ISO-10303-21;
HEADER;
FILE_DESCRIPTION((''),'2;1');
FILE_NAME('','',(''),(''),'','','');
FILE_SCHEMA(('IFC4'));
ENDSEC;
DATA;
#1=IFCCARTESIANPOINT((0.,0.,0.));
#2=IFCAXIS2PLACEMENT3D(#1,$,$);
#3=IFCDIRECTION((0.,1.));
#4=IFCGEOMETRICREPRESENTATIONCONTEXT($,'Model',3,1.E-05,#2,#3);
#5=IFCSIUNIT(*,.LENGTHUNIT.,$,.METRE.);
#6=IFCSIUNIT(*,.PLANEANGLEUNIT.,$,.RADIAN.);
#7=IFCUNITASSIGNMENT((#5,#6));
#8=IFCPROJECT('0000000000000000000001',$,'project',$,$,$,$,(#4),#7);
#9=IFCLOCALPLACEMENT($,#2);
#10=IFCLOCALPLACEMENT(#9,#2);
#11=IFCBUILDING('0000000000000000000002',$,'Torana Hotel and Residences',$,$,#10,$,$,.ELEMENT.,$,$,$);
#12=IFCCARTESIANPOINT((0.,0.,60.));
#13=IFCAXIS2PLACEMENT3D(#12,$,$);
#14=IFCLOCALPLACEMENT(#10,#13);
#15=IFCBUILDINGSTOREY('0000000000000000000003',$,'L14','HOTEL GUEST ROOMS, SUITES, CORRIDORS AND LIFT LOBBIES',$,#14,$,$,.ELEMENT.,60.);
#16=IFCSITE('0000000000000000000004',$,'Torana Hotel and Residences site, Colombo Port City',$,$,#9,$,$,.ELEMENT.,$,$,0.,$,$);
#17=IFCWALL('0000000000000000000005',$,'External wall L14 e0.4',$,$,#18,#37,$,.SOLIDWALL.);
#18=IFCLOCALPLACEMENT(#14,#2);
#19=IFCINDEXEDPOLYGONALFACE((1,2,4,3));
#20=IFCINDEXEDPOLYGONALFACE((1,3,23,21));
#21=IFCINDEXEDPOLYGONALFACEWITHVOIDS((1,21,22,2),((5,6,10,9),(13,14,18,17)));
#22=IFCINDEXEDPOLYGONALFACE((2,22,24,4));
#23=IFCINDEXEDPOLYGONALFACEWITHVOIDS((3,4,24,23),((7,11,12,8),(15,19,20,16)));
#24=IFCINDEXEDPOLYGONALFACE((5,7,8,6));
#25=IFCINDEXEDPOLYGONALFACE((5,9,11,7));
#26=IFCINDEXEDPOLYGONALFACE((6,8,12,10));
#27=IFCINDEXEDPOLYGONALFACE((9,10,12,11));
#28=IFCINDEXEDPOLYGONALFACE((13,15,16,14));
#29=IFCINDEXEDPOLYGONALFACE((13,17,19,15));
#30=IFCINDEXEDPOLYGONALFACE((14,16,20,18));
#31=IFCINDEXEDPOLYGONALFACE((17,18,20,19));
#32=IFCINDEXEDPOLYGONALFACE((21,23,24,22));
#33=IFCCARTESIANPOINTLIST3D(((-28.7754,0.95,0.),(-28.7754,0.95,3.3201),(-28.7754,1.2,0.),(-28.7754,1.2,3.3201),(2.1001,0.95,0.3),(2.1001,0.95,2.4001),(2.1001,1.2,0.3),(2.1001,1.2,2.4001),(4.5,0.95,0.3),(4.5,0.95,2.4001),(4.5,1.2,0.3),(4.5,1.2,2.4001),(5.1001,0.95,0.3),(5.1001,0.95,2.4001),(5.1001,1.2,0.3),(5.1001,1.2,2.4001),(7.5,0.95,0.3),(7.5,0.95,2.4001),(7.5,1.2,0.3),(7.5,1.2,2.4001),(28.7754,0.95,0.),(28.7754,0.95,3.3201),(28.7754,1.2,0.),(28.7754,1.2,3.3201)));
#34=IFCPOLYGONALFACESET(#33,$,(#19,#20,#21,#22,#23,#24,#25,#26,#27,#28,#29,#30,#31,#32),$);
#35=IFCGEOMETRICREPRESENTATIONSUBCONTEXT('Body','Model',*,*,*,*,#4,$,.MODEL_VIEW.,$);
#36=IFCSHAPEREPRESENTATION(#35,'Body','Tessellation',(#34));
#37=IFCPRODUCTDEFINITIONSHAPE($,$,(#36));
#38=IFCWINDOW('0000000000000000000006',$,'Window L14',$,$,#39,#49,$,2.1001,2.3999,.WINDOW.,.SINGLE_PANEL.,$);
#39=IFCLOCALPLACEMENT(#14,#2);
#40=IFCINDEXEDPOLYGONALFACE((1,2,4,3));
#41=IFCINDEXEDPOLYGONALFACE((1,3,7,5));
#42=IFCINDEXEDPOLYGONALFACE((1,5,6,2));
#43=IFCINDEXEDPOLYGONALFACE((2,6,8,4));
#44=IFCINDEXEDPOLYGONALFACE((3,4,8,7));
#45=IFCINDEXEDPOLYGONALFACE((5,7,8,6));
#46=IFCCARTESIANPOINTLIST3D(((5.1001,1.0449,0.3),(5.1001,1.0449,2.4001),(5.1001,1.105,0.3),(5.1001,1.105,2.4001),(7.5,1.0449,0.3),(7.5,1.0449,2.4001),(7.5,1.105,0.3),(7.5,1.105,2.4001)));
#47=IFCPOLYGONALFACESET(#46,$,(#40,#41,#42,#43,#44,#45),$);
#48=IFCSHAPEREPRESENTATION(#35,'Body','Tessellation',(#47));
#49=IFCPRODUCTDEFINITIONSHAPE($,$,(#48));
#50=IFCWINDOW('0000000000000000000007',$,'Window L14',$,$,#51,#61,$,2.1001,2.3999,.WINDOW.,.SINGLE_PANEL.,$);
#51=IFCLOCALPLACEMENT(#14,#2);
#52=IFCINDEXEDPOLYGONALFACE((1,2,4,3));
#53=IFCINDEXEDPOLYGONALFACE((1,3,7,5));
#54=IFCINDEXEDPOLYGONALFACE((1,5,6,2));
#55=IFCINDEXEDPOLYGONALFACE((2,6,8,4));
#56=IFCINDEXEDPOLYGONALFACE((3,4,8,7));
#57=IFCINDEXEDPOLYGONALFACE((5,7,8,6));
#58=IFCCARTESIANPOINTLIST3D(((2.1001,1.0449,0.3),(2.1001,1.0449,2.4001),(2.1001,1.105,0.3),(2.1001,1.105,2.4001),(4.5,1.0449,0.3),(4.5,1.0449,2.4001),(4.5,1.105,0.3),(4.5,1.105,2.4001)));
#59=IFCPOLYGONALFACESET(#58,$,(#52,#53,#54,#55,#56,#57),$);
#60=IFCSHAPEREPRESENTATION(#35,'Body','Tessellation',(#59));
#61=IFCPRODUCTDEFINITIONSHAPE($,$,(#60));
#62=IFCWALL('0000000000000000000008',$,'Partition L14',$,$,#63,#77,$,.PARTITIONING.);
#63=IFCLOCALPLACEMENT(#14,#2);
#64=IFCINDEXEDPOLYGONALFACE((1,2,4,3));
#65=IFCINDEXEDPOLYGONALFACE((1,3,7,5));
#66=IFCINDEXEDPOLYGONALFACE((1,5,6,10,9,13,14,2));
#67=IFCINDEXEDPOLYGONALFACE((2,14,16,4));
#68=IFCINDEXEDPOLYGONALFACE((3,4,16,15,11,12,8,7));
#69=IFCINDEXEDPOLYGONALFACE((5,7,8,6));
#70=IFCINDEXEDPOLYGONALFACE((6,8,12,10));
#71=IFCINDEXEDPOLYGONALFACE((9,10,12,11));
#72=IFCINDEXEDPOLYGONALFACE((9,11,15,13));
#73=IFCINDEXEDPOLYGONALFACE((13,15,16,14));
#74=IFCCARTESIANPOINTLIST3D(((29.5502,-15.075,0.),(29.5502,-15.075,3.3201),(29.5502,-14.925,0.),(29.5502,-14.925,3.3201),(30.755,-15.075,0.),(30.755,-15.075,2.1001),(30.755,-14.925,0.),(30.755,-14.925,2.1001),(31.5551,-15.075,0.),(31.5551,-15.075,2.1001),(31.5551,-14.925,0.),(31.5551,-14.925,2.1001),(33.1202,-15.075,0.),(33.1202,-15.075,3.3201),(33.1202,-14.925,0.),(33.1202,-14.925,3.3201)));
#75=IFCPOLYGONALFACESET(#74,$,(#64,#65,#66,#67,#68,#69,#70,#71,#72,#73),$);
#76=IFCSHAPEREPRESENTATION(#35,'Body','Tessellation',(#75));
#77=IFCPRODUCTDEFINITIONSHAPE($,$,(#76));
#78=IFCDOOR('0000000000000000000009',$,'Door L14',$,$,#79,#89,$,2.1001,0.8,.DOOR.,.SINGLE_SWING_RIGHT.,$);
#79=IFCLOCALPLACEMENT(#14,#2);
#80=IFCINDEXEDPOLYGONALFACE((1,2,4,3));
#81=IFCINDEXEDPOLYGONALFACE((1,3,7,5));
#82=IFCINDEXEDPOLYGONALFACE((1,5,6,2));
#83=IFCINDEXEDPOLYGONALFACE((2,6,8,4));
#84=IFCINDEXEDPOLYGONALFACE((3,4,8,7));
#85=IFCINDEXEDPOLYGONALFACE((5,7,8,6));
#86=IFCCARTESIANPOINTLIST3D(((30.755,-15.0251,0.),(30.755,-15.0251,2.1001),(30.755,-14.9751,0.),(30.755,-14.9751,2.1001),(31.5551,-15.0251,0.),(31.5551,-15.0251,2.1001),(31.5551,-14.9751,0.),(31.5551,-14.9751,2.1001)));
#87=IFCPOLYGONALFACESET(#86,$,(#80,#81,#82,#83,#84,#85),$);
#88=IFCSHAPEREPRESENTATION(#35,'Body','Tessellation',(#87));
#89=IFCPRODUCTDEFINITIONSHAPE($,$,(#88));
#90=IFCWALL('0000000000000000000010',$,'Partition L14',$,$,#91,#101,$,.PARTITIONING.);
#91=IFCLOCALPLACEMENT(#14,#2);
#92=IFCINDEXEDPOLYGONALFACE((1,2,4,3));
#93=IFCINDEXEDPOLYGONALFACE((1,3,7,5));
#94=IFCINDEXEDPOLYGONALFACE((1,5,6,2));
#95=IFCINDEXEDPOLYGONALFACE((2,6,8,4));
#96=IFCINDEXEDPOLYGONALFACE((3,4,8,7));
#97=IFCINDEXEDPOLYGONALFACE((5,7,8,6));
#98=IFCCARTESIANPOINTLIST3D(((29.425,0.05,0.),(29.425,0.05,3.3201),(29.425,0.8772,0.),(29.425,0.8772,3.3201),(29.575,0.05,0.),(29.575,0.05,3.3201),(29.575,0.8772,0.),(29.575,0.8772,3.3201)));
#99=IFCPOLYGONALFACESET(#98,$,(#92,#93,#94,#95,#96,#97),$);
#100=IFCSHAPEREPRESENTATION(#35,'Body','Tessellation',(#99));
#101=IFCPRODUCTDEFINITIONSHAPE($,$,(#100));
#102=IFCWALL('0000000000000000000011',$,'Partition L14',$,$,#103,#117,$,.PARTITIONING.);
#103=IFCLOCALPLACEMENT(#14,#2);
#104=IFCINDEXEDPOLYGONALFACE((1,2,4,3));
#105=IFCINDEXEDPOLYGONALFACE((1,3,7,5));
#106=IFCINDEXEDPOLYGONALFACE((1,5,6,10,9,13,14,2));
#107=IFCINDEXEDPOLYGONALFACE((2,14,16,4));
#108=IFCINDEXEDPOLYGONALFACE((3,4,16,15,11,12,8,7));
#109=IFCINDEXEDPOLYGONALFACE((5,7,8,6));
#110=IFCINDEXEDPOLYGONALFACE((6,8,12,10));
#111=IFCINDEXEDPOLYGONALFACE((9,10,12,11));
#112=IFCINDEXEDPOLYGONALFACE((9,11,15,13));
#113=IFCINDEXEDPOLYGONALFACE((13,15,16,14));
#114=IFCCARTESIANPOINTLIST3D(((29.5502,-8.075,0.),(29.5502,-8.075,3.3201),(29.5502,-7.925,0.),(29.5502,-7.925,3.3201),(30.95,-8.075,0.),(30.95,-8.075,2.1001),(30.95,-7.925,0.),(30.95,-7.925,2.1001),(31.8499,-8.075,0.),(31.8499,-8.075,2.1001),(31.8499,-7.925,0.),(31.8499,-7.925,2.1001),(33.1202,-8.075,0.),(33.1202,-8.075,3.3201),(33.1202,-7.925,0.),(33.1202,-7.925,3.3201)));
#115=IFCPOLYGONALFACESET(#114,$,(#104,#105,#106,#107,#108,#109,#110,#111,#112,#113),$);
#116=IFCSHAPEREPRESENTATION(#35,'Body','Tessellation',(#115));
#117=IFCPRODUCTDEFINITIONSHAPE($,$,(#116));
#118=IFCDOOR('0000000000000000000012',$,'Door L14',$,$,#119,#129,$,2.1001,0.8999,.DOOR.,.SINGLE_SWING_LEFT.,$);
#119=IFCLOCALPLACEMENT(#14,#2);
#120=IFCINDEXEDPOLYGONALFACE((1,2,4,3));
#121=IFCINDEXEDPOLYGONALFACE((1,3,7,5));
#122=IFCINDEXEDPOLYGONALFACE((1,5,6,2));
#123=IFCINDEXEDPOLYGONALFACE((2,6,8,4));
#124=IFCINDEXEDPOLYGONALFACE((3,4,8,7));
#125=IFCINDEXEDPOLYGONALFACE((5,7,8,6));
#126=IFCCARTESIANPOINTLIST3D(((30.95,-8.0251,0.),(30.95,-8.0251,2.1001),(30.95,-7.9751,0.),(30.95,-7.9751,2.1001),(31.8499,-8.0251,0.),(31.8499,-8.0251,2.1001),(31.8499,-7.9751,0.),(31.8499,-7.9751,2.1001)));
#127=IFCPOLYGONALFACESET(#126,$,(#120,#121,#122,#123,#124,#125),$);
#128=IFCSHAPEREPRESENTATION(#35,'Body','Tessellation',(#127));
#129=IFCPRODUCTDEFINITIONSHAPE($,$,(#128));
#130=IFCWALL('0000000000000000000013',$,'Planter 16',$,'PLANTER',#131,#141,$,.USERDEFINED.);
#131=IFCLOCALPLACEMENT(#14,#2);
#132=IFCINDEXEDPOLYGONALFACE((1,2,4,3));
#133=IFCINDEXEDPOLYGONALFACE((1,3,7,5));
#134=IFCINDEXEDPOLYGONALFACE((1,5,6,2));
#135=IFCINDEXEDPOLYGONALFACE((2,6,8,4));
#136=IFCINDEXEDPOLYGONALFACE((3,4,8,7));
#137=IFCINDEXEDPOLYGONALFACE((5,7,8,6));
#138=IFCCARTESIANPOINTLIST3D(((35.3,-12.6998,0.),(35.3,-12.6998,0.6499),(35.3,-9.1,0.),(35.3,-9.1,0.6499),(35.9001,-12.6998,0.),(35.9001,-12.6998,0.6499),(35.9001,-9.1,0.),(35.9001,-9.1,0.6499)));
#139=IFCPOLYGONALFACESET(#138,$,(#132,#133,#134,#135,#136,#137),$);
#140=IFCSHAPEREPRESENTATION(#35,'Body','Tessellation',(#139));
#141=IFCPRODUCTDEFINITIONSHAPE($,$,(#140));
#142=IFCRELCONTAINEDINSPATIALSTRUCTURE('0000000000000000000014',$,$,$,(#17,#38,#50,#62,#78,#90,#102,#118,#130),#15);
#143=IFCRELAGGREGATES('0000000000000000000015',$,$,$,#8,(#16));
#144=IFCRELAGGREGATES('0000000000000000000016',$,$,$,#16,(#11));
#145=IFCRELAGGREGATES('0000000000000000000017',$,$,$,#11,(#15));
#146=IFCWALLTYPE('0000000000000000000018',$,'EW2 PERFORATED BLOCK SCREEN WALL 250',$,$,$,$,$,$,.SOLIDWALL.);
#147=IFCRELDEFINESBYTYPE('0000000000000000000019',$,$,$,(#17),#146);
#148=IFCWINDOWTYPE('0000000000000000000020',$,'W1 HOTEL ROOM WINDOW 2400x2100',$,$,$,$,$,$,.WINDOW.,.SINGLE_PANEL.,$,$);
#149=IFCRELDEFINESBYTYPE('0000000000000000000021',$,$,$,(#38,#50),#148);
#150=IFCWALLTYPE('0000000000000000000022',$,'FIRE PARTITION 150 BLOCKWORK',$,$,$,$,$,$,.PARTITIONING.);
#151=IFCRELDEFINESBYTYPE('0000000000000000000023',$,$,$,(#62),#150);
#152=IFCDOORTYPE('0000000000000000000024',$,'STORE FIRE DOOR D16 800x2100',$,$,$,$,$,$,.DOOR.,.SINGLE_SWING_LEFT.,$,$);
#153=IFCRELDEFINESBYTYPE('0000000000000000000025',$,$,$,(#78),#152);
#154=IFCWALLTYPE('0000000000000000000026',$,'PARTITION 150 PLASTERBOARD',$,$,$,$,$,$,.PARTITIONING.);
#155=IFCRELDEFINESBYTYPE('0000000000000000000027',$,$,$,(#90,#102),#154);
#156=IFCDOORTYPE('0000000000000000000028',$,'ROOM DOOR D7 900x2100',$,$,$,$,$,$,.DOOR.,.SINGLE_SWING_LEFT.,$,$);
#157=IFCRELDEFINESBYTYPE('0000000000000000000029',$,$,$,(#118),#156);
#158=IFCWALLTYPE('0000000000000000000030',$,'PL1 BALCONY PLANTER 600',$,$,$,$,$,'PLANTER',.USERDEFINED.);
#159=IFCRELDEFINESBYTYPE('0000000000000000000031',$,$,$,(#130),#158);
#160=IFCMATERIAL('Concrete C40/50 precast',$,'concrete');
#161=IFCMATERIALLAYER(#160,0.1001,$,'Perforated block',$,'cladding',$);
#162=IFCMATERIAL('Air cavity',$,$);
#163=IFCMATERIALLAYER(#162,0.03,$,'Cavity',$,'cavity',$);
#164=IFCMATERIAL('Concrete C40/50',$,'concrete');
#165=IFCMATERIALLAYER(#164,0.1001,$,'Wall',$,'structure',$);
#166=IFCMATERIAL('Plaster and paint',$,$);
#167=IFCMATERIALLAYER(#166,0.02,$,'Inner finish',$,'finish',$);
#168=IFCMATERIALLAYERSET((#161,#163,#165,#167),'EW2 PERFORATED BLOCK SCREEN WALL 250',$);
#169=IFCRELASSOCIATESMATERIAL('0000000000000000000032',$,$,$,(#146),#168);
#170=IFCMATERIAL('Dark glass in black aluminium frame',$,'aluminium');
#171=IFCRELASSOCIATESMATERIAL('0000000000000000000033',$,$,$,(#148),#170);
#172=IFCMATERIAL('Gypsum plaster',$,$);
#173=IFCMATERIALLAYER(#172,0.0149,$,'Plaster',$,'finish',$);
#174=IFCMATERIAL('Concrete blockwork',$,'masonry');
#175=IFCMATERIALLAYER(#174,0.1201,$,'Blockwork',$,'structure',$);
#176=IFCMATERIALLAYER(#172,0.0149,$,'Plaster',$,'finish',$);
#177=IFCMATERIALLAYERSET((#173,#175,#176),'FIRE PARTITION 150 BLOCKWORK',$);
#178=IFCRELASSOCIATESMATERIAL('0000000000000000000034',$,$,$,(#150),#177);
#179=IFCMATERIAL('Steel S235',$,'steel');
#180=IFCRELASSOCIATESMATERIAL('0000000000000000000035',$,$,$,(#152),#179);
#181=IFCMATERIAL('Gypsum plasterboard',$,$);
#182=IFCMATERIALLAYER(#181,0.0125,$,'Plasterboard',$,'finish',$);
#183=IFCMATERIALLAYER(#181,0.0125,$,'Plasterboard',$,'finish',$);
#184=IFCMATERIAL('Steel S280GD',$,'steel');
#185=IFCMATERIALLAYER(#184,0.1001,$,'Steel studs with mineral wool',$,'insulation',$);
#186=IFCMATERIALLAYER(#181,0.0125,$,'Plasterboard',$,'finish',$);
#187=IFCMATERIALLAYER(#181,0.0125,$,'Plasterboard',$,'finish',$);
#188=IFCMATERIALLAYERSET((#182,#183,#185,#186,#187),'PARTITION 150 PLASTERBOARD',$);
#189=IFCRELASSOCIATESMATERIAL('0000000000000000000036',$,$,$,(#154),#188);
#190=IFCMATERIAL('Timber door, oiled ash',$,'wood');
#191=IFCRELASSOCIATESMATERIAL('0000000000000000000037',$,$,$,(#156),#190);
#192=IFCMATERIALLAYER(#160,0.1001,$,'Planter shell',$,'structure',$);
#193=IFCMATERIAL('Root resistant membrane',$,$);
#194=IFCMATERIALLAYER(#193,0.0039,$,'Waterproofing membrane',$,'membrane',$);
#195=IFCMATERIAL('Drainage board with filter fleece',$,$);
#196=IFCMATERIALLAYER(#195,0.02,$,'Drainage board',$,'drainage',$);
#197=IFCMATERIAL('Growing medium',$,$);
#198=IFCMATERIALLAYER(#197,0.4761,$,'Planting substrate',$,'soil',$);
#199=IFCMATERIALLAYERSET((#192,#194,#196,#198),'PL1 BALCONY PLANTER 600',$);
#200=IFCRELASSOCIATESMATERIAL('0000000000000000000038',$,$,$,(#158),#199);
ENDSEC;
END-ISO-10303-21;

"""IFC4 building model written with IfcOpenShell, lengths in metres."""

from ifc_helpers import new_model, si_unit, direction, frame, frame_2d, origin, place, context, subcontext, project, spatial, rectangle, extrude, material, layer, layer_set, type_object, element, fill, save


model = new_model("IFC4")

# Units and contexts
model_context = context("Model", 3, precision=1e-05, world=origin(), true_north=direction((0.0, 1.0)))
body_context = subcontext(model_context, "Body", "Model", "MODEL_VIEW")
ifc_project = project(units=[si_unit("LENGTHUNIT", "METRE"), si_unit("PLANEANGLEUNIT", "RADIAN")], contexts=[model_context])

# Site, building, storey
site_placement = place(None, origin())
site = spatial("IfcSite", under=ifc_project, at=site_placement, Name="Torana Hotel and Residences site, Colombo Port City", CompositionType="ELEMENT", RefElevation=0.0)
building_placement = place(site_placement, origin())
building = spatial("IfcBuilding", under=site, at=building_placement, Name="Torana Hotel and Residences", CompositionType="ELEMENT")
storey_placement = place(building_placement, frame((0.0, 0.0, 60.0)))
storey = spatial("IfcBuildingStorey", under=building, at=storey_placement, Name="L14", Description="HOTEL GUEST ROOMS, SUITES, CORRIDORS AND LIFT LOBBIES", CompositionType="ELEMENT", Elevation=60.0)

# Shared definitions
ifc_material_1 = material(Name="Steel S280GD", Category="steel")

# Wall, openings, windows
ifc_material_2 = material(Name="Concrete C40/50 precast", Category="concrete")
ifc_layer_1 = layer(ifc_material_2, 0.1001, Name="Perforated block", Category="cladding")
ifc_material_3 = material(Name="Air cavity")
ifc_layer_2 = layer(ifc_material_3, 0.03, Name="Cavity", Category="cavity")
ifc_material_4 = material(Name="Concrete C40/50", Category="concrete")
ifc_layer_3 = layer(ifc_material_4, 0.1001, Name="Wall", Category="structure")
ifc_material_5 = material(Name="Plaster and paint")
ifc_layer_4 = layer(ifc_material_5, 0.02, Name="Inner finish", Category="finish")
ifc_layer_set_1 = layer_set([ifc_layer_1, ifc_layer_2, ifc_layer_3, ifc_layer_4], Name="EW2 PERFORATED BLOCK SCREEN WALL 250")
wall_type_1 = type_object("IfcWallType", Name="EW2 PERFORATED BLOCK SCREEN WALL 250", PredefinedType="SOLIDWALL", material=ifc_layer_set_1)
wall_1_placement = place(storey_placement, frame((28.7754, 1.075, 0.0), z_axis=(0.0, 0.0, 1.0), x_axis=(-1.0, 0.0, 0.0)))
wall_1 = element("IfcWall", 1, at=wall_1_placement, inside=storey, type_object=wall_type_1, Name="External wall L14 e0.4", PredefinedType="SOLIDWALL", context=body_context, shape_type="SweptSolid", body=[
    extrude(rectangle(XDim=57.5508, YDim=0.25, at=frame_2d((28.7754, 0.0))), origin(), (0.0, 0.0, 1.0), 3.3201),
])
opening_1_placement = place(wall_1_placement, frame((21.2754, 0.0, 0.3)))
opening_1 = element("IfcOpeningElement", 2, at=opening_1_placement, cuts=wall_1, PredefinedType="OPENING", context=body_context, shape_type="SweptSolid", body=[
    extrude(rectangle(XDim=2.3999, YDim=2.1001, at=frame_2d((1.2, 1.05))), frame((0.0, 0.135, 0.0), z_axis=(0.0, -1.0, 0.0), x_axis=(1.0, 0.0, 0.0)), (0.0, 0.0, 1.0), 0.27),
])
opening_2_placement = place(wall_1_placement, frame((24.2754, 0.0, 0.3)))
opening_2 = element("IfcOpeningElement", 3, at=opening_2_placement, cuts=wall_1, PredefinedType="OPENING", context=body_context, shape_type="SweptSolid", body=[
    extrude(rectangle(XDim=2.3999, YDim=2.1001, at=frame_2d((1.2, 1.05))), frame((0.0, 0.135, 0.0), z_axis=(0.0, -1.0, 0.0), x_axis=(1.0, 0.0, 0.0)), (0.0, 0.0, 1.0), 0.27),
])
ifc_material_6 = material(Name="Dark glass in black aluminium frame", Category="aluminium")
window_type = type_object("IfcWindowType", Name="W1 HOTEL ROOM WINDOW 2400x2100", PartitioningType="SINGLE_PANEL", PredefinedType="WINDOW", material=ifc_material_6)
window_1_placement = place(opening_1_placement, origin())
window_1 = element("IfcWindow", 4, at=window_1_placement, inside=storey, type_object=window_type, Name="Window L14", OverallHeight=2.1001, OverallWidth=2.3999, PartitioningType="SINGLE_PANEL", PredefinedType="WINDOW", context=body_context, shape_type="SweptSolid", body=[
    extrude(rectangle(XDim=2.3999, YDim=2.1001, at=frame_2d((1.2, 1.05))), frame((0.0, 0.03, 0.0), z_axis=(0.0, -1.0, 0.0), x_axis=(1.0, 0.0, 0.0)), (0.0, 0.0, 1.0), 0.0601),
])
fill(opening_1, window_1)
window_2_placement = place(opening_2_placement, origin())
window_2 = element("IfcWindow", 5, at=window_2_placement, inside=storey, type_object=window_type, Name="Window L14", OverallHeight=2.1001, OverallWidth=2.3999, PartitioningType="SINGLE_PANEL", PredefinedType="WINDOW", context=body_context, shape_type="SweptSolid", body=[
    extrude(rectangle(XDim=2.3999, YDim=2.1001, at=frame_2d((1.2, 1.05))), frame((0.0, 0.03, 0.0), z_axis=(0.0, -1.0, 0.0), x_axis=(1.0, 0.0, 0.0)), (0.0, 0.0, 1.0), 0.0601),
])
fill(opening_2, window_2)

# Wall, opening, door
ifc_material_7 = material(Name="Gypsum plaster")
ifc_layer_5 = layer(ifc_material_7, 0.0149, Name="Plaster", Category="finish")
ifc_material_8 = material(Name="Concrete blockwork", Category="masonry")
ifc_layer_6 = layer(ifc_material_8, 0.1201, Name="Blockwork", Category="structure")
ifc_layer_7 = layer(ifc_material_7, 0.0149, Name="Plaster", Category="finish")
ifc_layer_set_2 = layer_set([ifc_layer_5, ifc_layer_6, ifc_layer_7], Name="FIRE PARTITION 150 BLOCKWORK")
wall_type_2 = type_object("IfcWallType", Name="FIRE PARTITION 150 BLOCKWORK", PredefinedType="PARTITIONING", material=ifc_layer_set_2)
wall_2_placement = place(storey_placement, frame((29.55, -15.0, 0.0), z_axis=(0.0, 0.0, 1.0), x_axis=(1.0, 0.0, 0.0)))
wall_2 = element("IfcWall", 6, at=wall_2_placement, inside=storey, type_object=wall_type_2, Name="Partition L14", PredefinedType="PARTITIONING", context=body_context, shape_type="SweptSolid", body=[
    extrude(rectangle(XDim=3.5701, YDim=0.1499, at=frame_2d((1.7852, 0.0))), origin(), (0.0, 0.0, 1.0), 3.3201),
])
opening_3_placement = place(wall_2_placement, frame((1.2051, 0.0, 0.0)))
opening_3 = element("IfcOpeningElement", 7, at=opening_3_placement, cuts=wall_2, PredefinedType="OPENING", context=body_context, shape_type="SweptSolid", body=[
    extrude(rectangle(XDim=0.8, YDim=2.1001, at=frame_2d((0.3999, 1.05))), frame((0.0, 0.085, 0.0), z_axis=(0.0, -1.0, 0.0), x_axis=(1.0, 0.0, 0.0)), (0.0, 0.0, 1.0), 0.1699),
])
ifc_material_9 = material(Name="Steel S235", Category="steel")
door_type_1 = type_object("IfcDoorType", Name="STORE FIRE DOOR D16 800x2100", OperationType="SINGLE_SWING_LEFT", PredefinedType="DOOR", material=ifc_material_9)
door_1_placement = place(opening_3_placement, origin())
door_1 = element("IfcDoor", 8, at=door_1_placement, inside=storey, type_object=door_type_1, Name="Door L14", OperationType="SINGLE_SWING_RIGHT", OverallHeight=2.1001, OverallWidth=0.8, PredefinedType="DOOR", context=body_context, shape_type="SweptSolid", body=[
    extrude(rectangle(XDim=0.8, YDim=2.1001, at=frame_2d((0.3999, 1.05))), frame((0.0, 0.0249, 0.0), z_axis=(0.0, -1.0, 0.0), x_axis=(1.0, 0.0, 0.0)), (0.0, 0.0, 1.0), 0.05),
])
fill(opening_3, door_1)

# Wall
ifc_material_10 = material(Name="Gypsum plasterboard")
ifc_layer_8 = layer(ifc_material_10, 0.0125, Name="Plasterboard", Category="finish")
ifc_layer_9 = layer(ifc_material_10, 0.0125, Name="Plasterboard", Category="finish")
ifc_layer_10 = layer(ifc_material_1, 0.1001, Name="Steel studs with mineral wool", Category="insulation")
ifc_layer_11 = layer(ifc_material_10, 0.0125, Name="Plasterboard", Category="finish")
ifc_layer_12 = layer(ifc_material_10, 0.0125, Name="Plasterboard", Category="finish")
ifc_layer_set_3 = layer_set([ifc_layer_8, ifc_layer_9, ifc_layer_10, ifc_layer_11, ifc_layer_12], Name="PARTITION 150 PLASTERBOARD")
wall_type_3 = type_object("IfcWallType", Name="PARTITION 150 PLASTERBOARD", PredefinedType="PARTITIONING", material=ifc_layer_set_3)
wall_3_placement = place(storey_placement, frame((29.5, 0.05, 0.0), z_axis=(0.0, 0.0, 1.0), x_axis=(0.0, 1.0, 0.0)))
element("IfcWall", 9, at=wall_3_placement, inside=storey, type_object=wall_type_3, Name="Partition L14", PredefinedType="PARTITIONING", context=body_context, shape_type="SweptSolid", body=[
    extrude(rectangle(XDim=0.8271, YDim=0.1499, at=frame_2d((0.4136, 0.0))), origin(), (0.0, 0.0, 1.0), 3.3201),
])

# Wall, opening, door
wall_4_placement = place(storey_placement, frame((29.55, -8.0, 0.0), z_axis=(0.0, 0.0, 1.0), x_axis=(1.0, 0.0, 0.0)))
wall_4 = element("IfcWall", 10, at=wall_4_placement, inside=storey, type_object=wall_type_3, Name="Partition L14", PredefinedType="PARTITIONING", context=body_context, shape_type="SweptSolid", body=[
    extrude(rectangle(XDim=3.5701, YDim=0.1499, at=frame_2d((1.7852, 0.0))), origin(), (0.0, 0.0, 1.0), 3.3201),
])
opening_4_placement = place(wall_4_placement, frame((1.3999, 0.0, 0.0)))
opening_4 = element("IfcOpeningElement", 11, at=opening_4_placement, cuts=wall_4, PredefinedType="OPENING", context=body_context, shape_type="SweptSolid", body=[
    extrude(rectangle(XDim=0.8999, YDim=2.1001, at=frame_2d((0.45, 1.05))), frame((0.0, 0.085, 0.0), z_axis=(0.0, -1.0, 0.0), x_axis=(1.0, 0.0, 0.0)), (0.0, 0.0, 1.0), 0.1699),
])
ifc_material_11 = material(Name="Timber door, oiled ash", Category="wood")
door_type_2 = type_object("IfcDoorType", Name="ROOM DOOR D7 900x2100", OperationType="SINGLE_SWING_LEFT", PredefinedType="DOOR", material=ifc_material_11)
door_2_placement = place(opening_4_placement, origin())
door_2 = element("IfcDoor", 12, at=door_2_placement, inside=storey, type_object=door_type_2, Name="Door L14", OperationType="SINGLE_SWING_LEFT", OverallHeight=2.1001, OverallWidth=0.8999, PredefinedType="DOOR", context=body_context, shape_type="SweptSolid", body=[
    extrude(rectangle(XDim=0.8999, YDim=2.1001, at=frame_2d((0.45, 1.05))), frame((0.0, 0.0249, 0.0), z_axis=(0.0, -1.0, 0.0), x_axis=(1.0, 0.0, 0.0)), (0.0, 0.0, 1.0), 0.05),
])
fill(opening_4, door_2)

# Wall
ifc_layer_13 = layer(ifc_material_2, 0.1001, Name="Planter shell", Category="structure")
ifc_material_12 = material(Name="Root resistant membrane")
ifc_layer_14 = layer(ifc_material_12, 0.0039, Name="Waterproofing membrane", Category="membrane")
ifc_material_13 = material(Name="Drainage board with filter fleece")
ifc_layer_15 = layer(ifc_material_13, 0.02, Name="Drainage board", Category="drainage")
ifc_material_14 = material(Name="Growing medium")
ifc_layer_16 = layer(ifc_material_14, 0.4761, Name="Planting substrate", Category="soil")
ifc_layer_set_4 = layer_set([ifc_layer_13, ifc_layer_14, ifc_layer_15, ifc_layer_16], Name="PL1 BALCONY PLANTER 600")
wall_type_4 = type_object("IfcWallType", Name="PL1 BALCONY PLANTER 600", ElementType="PLANTER", PredefinedType="USERDEFINED", material=ifc_layer_set_4)
wall_5_placement = place(storey_placement, frame((35.6001, -9.1001, 0.0), z_axis=(0.0, 0.0, 1.0), x_axis=(0.0, -1.0, 0.0)))
element("IfcWall", 13, at=wall_5_placement, inside=storey, type_object=wall_type_4, Name="Planter 16", ObjectType="PLANTER", PredefinedType="USERDEFINED", context=body_context, shape_type="SweptSolid", body=[
    extrude(rectangle(XDim=3.5999, YDim=0.6001, at=frame_2d((1.7998, 0.0))), origin(), (0.0, 0.0, 1.0), 0.6499),
])

save(model, "model.ifc")
